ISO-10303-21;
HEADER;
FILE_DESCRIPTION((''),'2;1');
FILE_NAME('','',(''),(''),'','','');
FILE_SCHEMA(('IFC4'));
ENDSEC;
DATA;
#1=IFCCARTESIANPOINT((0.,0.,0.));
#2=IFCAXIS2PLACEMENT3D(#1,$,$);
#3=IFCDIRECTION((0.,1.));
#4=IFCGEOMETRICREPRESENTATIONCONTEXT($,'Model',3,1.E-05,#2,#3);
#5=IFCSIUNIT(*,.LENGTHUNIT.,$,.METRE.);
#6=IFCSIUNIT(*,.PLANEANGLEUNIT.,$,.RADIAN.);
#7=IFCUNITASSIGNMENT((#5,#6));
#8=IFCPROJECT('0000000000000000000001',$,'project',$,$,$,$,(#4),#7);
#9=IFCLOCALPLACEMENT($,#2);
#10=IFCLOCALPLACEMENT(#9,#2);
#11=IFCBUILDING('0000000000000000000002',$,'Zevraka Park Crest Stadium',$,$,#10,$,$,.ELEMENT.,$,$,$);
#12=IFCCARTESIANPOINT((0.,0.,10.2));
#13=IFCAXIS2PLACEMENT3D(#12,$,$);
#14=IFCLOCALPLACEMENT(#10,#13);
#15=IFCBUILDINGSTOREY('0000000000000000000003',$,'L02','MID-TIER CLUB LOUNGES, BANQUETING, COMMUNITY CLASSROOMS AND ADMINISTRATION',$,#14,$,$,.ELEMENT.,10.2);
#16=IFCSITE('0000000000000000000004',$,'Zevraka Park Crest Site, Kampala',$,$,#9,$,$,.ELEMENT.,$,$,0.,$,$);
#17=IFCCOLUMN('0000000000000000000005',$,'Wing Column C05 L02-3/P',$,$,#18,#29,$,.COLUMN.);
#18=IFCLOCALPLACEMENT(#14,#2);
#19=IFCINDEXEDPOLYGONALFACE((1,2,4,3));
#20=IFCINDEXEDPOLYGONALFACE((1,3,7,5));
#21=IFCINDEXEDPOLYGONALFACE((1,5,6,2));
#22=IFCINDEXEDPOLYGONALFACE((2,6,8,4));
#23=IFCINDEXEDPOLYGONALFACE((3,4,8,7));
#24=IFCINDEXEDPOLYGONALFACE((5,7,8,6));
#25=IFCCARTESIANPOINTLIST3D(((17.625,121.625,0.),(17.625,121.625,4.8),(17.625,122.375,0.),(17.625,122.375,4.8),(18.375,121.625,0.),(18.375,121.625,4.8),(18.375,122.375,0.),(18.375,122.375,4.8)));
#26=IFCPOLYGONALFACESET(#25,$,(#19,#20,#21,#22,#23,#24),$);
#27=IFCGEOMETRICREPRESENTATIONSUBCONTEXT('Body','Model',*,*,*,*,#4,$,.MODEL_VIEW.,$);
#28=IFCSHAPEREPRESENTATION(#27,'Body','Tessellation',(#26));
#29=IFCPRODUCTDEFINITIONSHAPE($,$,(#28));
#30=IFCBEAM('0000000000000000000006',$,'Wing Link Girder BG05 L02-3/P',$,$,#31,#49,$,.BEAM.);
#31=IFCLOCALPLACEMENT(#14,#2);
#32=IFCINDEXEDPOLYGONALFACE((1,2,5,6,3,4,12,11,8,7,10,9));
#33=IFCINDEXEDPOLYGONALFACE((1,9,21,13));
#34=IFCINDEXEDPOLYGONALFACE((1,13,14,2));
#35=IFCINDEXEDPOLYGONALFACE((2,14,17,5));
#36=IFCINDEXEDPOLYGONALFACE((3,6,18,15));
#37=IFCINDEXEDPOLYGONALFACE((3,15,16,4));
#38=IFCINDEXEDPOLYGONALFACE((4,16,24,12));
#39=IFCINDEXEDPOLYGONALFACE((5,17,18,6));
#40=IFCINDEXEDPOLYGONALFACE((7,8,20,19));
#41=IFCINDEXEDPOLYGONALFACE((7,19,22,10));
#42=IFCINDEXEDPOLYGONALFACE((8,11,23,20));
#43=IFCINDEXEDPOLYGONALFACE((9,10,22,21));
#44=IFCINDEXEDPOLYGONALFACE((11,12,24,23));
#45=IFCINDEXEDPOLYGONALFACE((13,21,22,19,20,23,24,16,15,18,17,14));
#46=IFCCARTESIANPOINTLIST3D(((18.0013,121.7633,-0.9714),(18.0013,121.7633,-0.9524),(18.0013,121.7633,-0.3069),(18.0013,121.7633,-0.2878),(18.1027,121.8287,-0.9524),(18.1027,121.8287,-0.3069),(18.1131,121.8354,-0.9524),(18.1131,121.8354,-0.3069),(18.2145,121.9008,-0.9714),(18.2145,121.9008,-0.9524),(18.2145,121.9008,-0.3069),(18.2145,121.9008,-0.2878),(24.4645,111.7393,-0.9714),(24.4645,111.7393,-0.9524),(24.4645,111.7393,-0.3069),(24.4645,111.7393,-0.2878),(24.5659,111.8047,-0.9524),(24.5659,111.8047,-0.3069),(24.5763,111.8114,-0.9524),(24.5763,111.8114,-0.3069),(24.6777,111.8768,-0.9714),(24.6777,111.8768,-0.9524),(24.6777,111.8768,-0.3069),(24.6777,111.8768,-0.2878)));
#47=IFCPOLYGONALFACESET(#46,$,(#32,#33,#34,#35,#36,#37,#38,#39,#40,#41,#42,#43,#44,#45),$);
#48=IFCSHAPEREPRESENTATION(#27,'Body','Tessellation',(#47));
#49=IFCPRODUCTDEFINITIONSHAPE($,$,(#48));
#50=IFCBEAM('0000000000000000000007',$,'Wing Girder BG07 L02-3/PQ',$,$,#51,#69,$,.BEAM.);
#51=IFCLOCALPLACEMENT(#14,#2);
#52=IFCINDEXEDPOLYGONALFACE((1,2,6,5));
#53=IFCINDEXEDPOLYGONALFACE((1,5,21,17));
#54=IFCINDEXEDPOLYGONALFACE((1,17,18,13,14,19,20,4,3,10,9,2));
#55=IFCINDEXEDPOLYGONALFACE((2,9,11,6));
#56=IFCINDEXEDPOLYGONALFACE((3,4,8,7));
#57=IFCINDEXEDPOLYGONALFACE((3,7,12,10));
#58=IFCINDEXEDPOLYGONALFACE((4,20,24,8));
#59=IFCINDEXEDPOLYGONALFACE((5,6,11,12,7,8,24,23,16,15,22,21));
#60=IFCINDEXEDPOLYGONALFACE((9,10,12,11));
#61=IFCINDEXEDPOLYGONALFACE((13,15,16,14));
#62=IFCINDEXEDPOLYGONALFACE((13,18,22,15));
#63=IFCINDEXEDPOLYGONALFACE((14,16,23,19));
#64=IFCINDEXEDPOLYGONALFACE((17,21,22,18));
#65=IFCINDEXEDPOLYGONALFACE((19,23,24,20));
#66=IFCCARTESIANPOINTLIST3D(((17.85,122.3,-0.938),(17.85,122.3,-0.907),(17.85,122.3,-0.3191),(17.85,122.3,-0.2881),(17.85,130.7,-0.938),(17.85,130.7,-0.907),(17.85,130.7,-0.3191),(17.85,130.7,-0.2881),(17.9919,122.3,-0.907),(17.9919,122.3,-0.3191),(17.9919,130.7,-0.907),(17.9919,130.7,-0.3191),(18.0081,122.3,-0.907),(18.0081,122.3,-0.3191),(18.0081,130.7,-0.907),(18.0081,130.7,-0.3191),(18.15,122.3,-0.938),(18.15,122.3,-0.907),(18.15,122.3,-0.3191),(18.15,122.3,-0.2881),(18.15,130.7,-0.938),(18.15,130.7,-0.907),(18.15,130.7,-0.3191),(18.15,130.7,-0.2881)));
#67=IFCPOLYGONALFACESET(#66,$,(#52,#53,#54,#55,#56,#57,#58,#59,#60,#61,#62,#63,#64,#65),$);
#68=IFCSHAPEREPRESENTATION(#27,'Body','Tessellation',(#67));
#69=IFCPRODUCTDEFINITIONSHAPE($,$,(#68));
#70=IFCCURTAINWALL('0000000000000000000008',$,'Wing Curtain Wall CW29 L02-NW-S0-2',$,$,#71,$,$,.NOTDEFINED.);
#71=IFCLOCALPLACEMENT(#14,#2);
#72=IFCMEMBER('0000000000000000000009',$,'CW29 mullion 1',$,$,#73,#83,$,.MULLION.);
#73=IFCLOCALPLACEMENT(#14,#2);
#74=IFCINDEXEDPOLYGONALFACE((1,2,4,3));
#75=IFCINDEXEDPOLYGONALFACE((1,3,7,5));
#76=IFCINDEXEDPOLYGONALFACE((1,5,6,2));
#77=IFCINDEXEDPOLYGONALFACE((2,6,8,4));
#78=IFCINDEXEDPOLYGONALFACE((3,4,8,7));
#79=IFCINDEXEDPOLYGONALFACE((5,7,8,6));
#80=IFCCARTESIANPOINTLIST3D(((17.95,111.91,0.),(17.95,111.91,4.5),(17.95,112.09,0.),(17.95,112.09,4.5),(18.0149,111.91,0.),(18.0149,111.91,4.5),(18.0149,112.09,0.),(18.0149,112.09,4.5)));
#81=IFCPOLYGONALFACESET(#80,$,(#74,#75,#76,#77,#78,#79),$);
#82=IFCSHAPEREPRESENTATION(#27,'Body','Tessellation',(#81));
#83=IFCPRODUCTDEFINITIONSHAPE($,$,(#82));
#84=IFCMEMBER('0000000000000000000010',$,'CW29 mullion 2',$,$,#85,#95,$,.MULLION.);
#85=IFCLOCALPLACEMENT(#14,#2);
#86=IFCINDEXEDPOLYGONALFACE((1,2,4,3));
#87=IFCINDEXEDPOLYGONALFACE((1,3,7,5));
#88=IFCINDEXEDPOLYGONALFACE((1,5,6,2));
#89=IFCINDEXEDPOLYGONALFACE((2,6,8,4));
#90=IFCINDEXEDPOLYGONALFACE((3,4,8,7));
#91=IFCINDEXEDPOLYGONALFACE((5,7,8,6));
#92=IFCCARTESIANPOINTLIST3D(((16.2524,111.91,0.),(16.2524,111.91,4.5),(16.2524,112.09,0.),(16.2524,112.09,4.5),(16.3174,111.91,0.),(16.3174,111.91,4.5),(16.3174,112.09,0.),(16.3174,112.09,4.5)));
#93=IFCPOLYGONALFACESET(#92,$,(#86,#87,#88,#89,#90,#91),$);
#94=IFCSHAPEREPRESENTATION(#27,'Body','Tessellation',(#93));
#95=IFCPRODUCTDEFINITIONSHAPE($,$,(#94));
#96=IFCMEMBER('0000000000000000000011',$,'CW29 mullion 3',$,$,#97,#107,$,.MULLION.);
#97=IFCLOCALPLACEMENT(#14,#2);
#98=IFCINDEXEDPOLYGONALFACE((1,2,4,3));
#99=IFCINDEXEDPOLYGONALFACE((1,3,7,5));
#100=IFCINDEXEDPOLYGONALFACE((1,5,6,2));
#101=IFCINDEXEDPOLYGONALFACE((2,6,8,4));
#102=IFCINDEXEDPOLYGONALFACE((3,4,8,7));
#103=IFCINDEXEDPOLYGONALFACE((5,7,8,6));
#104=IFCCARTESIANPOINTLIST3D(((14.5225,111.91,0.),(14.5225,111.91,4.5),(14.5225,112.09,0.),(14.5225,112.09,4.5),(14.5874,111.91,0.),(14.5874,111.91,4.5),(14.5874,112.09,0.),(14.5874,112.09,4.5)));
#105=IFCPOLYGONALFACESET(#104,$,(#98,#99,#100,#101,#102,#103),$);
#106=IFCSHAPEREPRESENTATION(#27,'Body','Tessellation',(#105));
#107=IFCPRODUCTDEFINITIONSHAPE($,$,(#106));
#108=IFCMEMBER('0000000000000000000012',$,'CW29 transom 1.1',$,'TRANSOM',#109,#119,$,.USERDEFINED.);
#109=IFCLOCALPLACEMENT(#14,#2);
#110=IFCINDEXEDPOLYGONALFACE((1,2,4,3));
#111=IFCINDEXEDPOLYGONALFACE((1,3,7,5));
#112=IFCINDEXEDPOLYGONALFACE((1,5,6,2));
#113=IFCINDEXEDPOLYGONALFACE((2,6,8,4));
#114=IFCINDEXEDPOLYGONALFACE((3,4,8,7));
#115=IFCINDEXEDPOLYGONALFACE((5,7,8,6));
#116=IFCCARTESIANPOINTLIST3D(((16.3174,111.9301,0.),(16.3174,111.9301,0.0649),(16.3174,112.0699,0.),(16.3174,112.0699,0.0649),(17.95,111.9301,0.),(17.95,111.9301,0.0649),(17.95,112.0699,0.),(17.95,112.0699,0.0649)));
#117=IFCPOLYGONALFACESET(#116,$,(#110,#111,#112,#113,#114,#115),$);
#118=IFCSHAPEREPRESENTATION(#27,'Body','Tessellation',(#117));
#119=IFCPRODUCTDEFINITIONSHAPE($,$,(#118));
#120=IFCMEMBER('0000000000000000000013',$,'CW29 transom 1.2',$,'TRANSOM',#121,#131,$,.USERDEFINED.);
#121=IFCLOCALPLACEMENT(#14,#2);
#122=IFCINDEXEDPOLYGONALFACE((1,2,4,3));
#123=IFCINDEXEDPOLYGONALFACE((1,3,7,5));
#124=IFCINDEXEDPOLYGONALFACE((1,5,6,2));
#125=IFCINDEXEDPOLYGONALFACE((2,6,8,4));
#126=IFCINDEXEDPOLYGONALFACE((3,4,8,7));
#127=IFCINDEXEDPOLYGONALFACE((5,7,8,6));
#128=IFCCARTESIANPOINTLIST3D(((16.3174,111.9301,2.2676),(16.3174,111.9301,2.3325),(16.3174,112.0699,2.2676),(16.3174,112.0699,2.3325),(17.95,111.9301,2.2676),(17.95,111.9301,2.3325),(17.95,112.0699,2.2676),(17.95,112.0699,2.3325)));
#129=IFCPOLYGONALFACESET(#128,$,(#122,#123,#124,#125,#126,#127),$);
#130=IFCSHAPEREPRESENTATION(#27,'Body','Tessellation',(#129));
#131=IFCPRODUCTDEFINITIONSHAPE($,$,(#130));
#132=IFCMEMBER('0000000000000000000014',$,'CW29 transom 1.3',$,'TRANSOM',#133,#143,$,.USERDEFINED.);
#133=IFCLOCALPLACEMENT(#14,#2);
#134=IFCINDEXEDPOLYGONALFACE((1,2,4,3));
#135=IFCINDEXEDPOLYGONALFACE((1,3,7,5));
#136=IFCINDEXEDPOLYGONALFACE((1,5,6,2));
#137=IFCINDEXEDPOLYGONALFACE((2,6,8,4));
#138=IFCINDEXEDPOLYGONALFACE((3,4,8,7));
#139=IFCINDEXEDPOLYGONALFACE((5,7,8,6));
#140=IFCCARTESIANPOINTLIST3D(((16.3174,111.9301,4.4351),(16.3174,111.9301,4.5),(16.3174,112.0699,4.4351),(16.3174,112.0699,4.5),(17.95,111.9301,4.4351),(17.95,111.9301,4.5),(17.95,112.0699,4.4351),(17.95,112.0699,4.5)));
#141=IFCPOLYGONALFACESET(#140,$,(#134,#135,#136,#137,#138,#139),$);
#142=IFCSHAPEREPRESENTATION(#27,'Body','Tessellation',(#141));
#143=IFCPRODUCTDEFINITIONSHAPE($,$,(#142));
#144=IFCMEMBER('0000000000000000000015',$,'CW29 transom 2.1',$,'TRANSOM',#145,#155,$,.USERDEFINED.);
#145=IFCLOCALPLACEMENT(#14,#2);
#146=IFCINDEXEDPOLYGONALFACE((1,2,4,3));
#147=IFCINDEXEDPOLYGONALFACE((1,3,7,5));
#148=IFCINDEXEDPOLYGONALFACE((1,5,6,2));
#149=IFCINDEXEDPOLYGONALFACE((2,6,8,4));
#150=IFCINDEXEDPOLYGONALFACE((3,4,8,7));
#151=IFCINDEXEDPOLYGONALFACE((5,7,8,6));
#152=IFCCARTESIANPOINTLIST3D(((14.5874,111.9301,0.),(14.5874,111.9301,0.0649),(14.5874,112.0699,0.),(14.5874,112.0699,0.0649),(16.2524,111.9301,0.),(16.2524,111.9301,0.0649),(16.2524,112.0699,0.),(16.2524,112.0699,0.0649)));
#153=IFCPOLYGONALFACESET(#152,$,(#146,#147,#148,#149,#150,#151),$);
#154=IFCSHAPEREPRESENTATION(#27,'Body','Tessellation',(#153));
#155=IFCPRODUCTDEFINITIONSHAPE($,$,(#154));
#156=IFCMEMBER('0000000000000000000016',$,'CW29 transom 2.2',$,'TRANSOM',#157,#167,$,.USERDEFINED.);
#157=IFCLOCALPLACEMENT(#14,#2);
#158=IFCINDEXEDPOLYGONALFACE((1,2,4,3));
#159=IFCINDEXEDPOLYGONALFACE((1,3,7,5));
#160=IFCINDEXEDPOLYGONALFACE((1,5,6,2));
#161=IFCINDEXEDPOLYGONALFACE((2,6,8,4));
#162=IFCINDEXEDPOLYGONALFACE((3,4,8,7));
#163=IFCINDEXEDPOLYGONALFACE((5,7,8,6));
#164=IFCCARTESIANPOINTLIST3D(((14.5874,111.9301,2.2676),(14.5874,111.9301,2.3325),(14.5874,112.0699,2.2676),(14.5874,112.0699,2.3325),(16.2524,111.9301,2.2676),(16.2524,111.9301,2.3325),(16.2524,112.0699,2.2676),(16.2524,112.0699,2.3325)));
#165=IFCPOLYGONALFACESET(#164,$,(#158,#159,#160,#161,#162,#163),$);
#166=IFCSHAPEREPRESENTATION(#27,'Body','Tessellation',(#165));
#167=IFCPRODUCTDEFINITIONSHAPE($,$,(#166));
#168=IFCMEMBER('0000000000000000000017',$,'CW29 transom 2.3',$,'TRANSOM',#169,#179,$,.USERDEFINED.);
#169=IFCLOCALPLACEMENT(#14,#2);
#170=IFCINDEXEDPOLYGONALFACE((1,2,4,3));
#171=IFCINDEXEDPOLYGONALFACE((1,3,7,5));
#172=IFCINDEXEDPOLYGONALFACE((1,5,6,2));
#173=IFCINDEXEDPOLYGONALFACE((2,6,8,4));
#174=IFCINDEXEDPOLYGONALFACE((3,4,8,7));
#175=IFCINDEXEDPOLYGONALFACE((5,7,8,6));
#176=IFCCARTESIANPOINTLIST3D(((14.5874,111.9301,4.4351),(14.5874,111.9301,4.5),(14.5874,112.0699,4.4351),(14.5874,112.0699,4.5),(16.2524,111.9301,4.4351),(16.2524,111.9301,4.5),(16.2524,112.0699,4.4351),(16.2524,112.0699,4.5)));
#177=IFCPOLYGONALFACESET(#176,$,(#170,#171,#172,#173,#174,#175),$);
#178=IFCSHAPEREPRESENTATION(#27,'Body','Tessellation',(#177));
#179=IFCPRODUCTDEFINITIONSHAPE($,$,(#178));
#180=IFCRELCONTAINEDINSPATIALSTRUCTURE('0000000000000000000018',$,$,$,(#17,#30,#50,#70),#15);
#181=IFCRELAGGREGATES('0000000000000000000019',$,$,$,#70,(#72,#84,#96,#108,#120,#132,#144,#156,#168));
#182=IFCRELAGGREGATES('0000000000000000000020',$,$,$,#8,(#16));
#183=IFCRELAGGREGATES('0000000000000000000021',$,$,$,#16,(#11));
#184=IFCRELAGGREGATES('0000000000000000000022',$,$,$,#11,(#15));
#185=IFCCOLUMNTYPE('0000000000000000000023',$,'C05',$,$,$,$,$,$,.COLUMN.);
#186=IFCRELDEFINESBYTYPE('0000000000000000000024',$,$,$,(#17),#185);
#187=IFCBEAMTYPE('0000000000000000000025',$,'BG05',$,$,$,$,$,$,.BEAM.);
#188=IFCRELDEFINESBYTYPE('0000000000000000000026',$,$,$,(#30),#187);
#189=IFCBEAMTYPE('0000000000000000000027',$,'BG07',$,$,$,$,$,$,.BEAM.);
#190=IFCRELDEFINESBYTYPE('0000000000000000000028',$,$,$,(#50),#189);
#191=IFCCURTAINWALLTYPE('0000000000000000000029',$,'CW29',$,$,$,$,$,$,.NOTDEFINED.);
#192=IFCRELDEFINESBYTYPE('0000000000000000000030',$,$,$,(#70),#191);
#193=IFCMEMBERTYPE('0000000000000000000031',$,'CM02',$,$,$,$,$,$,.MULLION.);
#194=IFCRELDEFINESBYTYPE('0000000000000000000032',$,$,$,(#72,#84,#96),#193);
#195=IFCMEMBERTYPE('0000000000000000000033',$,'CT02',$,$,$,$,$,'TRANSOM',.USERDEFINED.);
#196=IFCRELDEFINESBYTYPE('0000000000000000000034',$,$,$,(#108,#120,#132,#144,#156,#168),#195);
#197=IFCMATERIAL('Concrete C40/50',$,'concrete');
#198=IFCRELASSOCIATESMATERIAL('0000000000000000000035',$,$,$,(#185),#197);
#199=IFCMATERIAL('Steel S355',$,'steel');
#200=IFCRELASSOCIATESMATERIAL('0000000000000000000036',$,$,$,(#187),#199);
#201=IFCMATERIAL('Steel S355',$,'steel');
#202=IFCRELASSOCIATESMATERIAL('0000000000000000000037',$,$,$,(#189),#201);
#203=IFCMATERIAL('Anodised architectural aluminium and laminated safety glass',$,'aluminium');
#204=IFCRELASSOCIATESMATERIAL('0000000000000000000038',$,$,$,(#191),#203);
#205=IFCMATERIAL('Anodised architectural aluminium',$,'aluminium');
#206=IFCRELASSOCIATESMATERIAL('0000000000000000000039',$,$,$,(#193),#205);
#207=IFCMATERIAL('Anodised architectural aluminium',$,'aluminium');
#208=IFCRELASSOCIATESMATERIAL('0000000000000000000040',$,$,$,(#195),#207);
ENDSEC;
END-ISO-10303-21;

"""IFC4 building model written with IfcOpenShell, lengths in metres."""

from ifc_helpers import new_model, si_unit, direction, frame, origin, origin_2d, place, context, subcontext, project, spatial, rectangle, i_section, extrude, material, material_profile, profile_set, type_object, element, aggregate, save


model = new_model("IFC4")

# Units and contexts
model_context = context("Model", 3, precision=1e-05, world=origin(), true_north=direction((0.0, 1.0)))
body_context = subcontext(model_context, "Body", "Model", "MODEL_VIEW")
ifc_project = project(units=[si_unit("LENGTHUNIT", "METRE"), si_unit("PLANEANGLEUNIT", "RADIAN")], contexts=[model_context])

# Site, building, storey
site_placement = place(None, origin())
site = spatial("IfcSite", under=ifc_project, at=site_placement, Name="Zevraka Park Crest Site, Kampala", CompositionType="ELEMENT", RefElevation=0.0)
building_placement = place(site_placement, origin())
building = spatial("IfcBuilding", under=site, at=building_placement, Name="Zevraka Park Crest Stadium", CompositionType="ELEMENT")
storey_placement = place(building_placement, frame((0.0, 0.0, 10.2)))
storey = spatial("IfcBuildingStorey", under=building, at=storey_placement, Name="L02", Description="MID-TIER CLUB LOUNGES, BANQUETING, COMMUNITY CLASSROOMS AND ADMINISTRATION", CompositionType="ELEMENT", Elevation=10.2)

# Column
ifc_material_1 = material(Name="Concrete C40/50", Category="concrete")
ifc_material_profile_1 = material_profile(ifc_material_1, rectangle(XDim=0.75, YDim=0.75, at=origin_2d()), Name="RC 750x750")
ifc_profile_set_1 = profile_set([ifc_material_profile_1], Name="Concrete C40/50")
column_type = type_object("IfcColumnType", Name="C05", PredefinedType="COLUMN", material=ifc_profile_set_1)
column_placement = place(storey_placement, frame((18.0, 122.0, 0.0), z_axis=(0.0, 0.0, 1.0), x_axis=(1.0, 0.0, 0.0)))
element("IfcColumn", 1, at=column_placement, inside=storey, type_object=column_type, Name="Wing Column C05 L02-3/P", PredefinedType="COLUMN", context=body_context, shape_type="SweptSolid", body=[
    extrude(rectangle(XDim=0.75, YDim=0.75, at=origin_2d()), origin(), (0.0, 0.0, 1.0), 4.8),
])

# Beams
ifc_material_2 = material(Name="Steel S355", Category="steel")
ifc_material_profile_2 = material_profile(ifc_material_2, i_section(OverallWidth=0.2537, OverallDepth=0.6836, WebThickness=0.0125, FlangeThickness=0.019, at=origin_2d()), Name="UKB 686x254x140")
ifc_profile_set_2 = profile_set([ifc_material_profile_2], Name="Steel S355")
beam_type_1 = type_object("IfcBeamType", Name="BG05", PredefinedType="BEAM", material=ifc_profile_set_2)
beam_1_placement = place(storey_placement, frame((18.1079, 121.832, -0.6296), z_axis=(0.541895, -0.840446, 0.0), x_axis=(0.840446, 0.541895, 0.0)))
element("IfcBeam", 2, at=beam_1_placement, inside=storey, type_object=beam_type_1, Name="Wing Link Girder BG05 L02-3/P", PredefinedType="BEAM", context=body_context, shape_type="SweptSolid", body=[
    extrude(i_section(OverallWidth=0.2537, OverallDepth=0.6836, WebThickness=0.0125, FlangeThickness=0.019, at=origin_2d()), origin(), (0.0, 0.0, 1.0), 11.927),
])
ifc_material_3 = material(Name="Steel S355", Category="steel")
ifc_material_profile_3 = material_profile(ifc_material_3, i_section(OverallWidth=0.3, OverallDepth=0.6499, WebThickness=0.0161, FlangeThickness=0.031, at=origin_2d()), Name="HEB 650")
ifc_profile_set_3 = profile_set([ifc_material_profile_3], Name="Steel S355")
beam_type_2 = type_object("IfcBeamType", Name="BG07", PredefinedType="BEAM", material=ifc_profile_set_3)
beam_2_placement = place(storey_placement, frame((18.0, 122.3, -0.613), z_axis=(0.0, 1.0, 0.0), x_axis=(-1.0, 0.0, 0.0)))
element("IfcBeam", 3, at=beam_2_placement, inside=storey, type_object=beam_type_2, Name="Wing Girder BG07 L02-3/PQ", PredefinedType="BEAM", context=body_context, shape_type="SweptSolid", body=[
    extrude(i_section(OverallWidth=0.3, OverallDepth=0.6499, WebThickness=0.0161, FlangeThickness=0.031, at=origin_2d()), origin(), (0.0, 0.0, 1.0), 8.3999),
])

# Curtain wall, members
ifc_material_4 = material(Name="Anodised architectural aluminium and laminated safety glass", Category="aluminium")
curtain_wall_type = type_object("IfcCurtainWallType", Name="CW29", PredefinedType="NOTDEFINED", material=ifc_material_4)
curtain_wall_placement = place(storey_placement, origin())
curtain_wall = element("IfcCurtainWall", 4, at=curtain_wall_placement, inside=storey, type_object=curtain_wall_type, Name="Wing Curtain Wall CW29 L02-NW-S0-2", PredefinedType="NOTDEFINED")
ifc_material_5 = material(Name="Anodised architectural aluminium", Category="aluminium")
ifc_material_profile_4 = material_profile(ifc_material_5, rectangle(XDim=0.1799, YDim=0.0649, at=origin_2d()), Name="ALU MULLION 180x65")
ifc_profile_set_4 = profile_set([ifc_material_profile_4], Name="Anodised architectural aluminium")
member_type_1 = type_object("IfcMemberType", Name="CM02", PredefinedType="MULLION", material=ifc_profile_set_4)
member_1_placement = place(storey_placement, frame((17.9824, 112.0, 0.0), z_axis=(0.0, 0.0, 1.0), x_axis=(0.0, -1.0, 0.0)))
member_1 = element("IfcMember", 5, at=member_1_placement, type_object=member_type_1, Name="CW29 mullion 1", PredefinedType="MULLION", context=body_context, shape_type="SweptSolid", body=[
    extrude(rectangle(XDim=0.1799, YDim=0.0649, at=origin_2d()), origin(), (0.0, 0.0, 1.0), 4.5),
])
member_2_placement = place(storey_placement, frame((16.2849, 112.0, 0.0), z_axis=(0.0, 0.0, 1.0), x_axis=(0.0, -1.0, 0.0)))
member_2 = element("IfcMember", 6, at=member_2_placement, type_object=member_type_1, Name="CW29 mullion 2", PredefinedType="MULLION", context=body_context, shape_type="SweptSolid", body=[
    extrude(rectangle(XDim=0.1799, YDim=0.0649, at=origin_2d()), origin(), (0.0, 0.0, 1.0), 4.5),
])
member_3_placement = place(storey_placement, frame((14.5549, 112.0, 0.0), z_axis=(0.0, 0.0, 1.0), x_axis=(0.0, -1.0, 0.0)))
member_3 = element("IfcMember", 7, at=member_3_placement, type_object=member_type_1, Name="CW29 mullion 3", PredefinedType="MULLION", context=body_context, shape_type="SweptSolid", body=[
    extrude(rectangle(XDim=0.1799, YDim=0.0649, at=origin_2d()), origin(), (0.0, 0.0, 1.0), 4.5),
])
ifc_material_6 = material(Name="Anodised architectural aluminium", Category="aluminium")
ifc_material_profile_5 = material_profile(ifc_material_6, rectangle(XDim=0.1399, YDim=0.0649, at=origin_2d()), Name="ALU TRANSOM 140x65")
ifc_profile_set_5 = profile_set([ifc_material_profile_5], Name="Anodised architectural aluminium")
member_type_2 = type_object("IfcMemberType", Name="CT02", ElementType="TRANSOM", PredefinedType="USERDEFINED", material=ifc_profile_set_5)
member_4_placement = place(storey_placement, frame((17.95, 112.0, 0.0325), z_axis=(-1.0, 0.0, 0.0), x_axis=(0.0, -1.0, 0.0)))
member_4 = element("IfcMember", 8, at=member_4_placement, type_object=member_type_2, Name="CW29 transom 1.1", ObjectType="TRANSOM", PredefinedType="USERDEFINED", context=body_context, shape_type="SweptSolid", body=[
    extrude(rectangle(XDim=0.1399, YDim=0.0649, at=origin_2d()), origin(), (0.0, 0.0, 1.0), 1.6326),
])
member_5_placement = place(storey_placement, frame((17.95, 112.0, 2.3), z_axis=(-1.0, 0.0, 0.0), x_axis=(0.0, -1.0, 0.0)))
member_5 = element("IfcMember", 9, at=member_5_placement, type_object=member_type_2, Name="CW29 transom 1.2", ObjectType="TRANSOM", PredefinedType="USERDEFINED", context=body_context, shape_type="SweptSolid", body=[
    extrude(rectangle(XDim=0.1399, YDim=0.0649, at=origin_2d()), origin(), (0.0, 0.0, 1.0), 1.6326),
])
member_6_placement = place(storey_placement, frame((17.95, 112.0, 4.4675), z_axis=(-1.0, 0.0, 0.0), x_axis=(0.0, -1.0, 0.0)))
member_6 = element("IfcMember", 10, at=member_6_placement, type_object=member_type_2, Name="CW29 transom 1.3", ObjectType="TRANSOM", PredefinedType="USERDEFINED", context=body_context, shape_type="SweptSolid", body=[
    extrude(rectangle(XDim=0.1399, YDim=0.0649, at=origin_2d()), origin(), (0.0, 0.0, 1.0), 1.6326),
])
member_7_placement = place(storey_placement, frame((16.2524, 112.0, 0.0325), z_axis=(-1.0, 0.0, 0.0), x_axis=(0.0, -1.0, 0.0)))
member_7 = element("IfcMember", 11, at=member_7_placement, type_object=member_type_2, Name="CW29 transom 2.1", ObjectType="TRANSOM", PredefinedType="USERDEFINED", context=body_context, shape_type="SweptSolid", body=[
    extrude(rectangle(XDim=0.1399, YDim=0.0649, at=origin_2d()), origin(), (0.0, 0.0, 1.0), 1.665),
])
member_8_placement = place(storey_placement, frame((16.2524, 112.0, 2.3), z_axis=(-1.0, 0.0, 0.0), x_axis=(0.0, -1.0, 0.0)))
member_8 = element("IfcMember", 12, at=member_8_placement, type_object=member_type_2, Name="CW29 transom 2.2", ObjectType="TRANSOM", PredefinedType="USERDEFINED", context=body_context, shape_type="SweptSolid", body=[
    extrude(rectangle(XDim=0.1399, YDim=0.0649, at=origin_2d()), origin(), (0.0, 0.0, 1.0), 1.665),
])
member_9_placement = place(storey_placement, frame((16.2524, 112.0, 4.4675), z_axis=(-1.0, 0.0, 0.0), x_axis=(0.0, -1.0, 0.0)))
member_9 = element("IfcMember", 13, at=member_9_placement, type_object=member_type_2, Name="CW29 transom 2.3", ObjectType="TRANSOM", PredefinedType="USERDEFINED", context=body_context, shape_type="SweptSolid", body=[
    extrude(rectangle(XDim=0.1399, YDim=0.0649, at=origin_2d()), origin(), (0.0, 0.0, 1.0), 1.665),
])
aggregate(curtain_wall, [member_1, member_2, member_3, member_4, member_5, member_6, member_7, member_8, member_9])

save(model, "model.ifc")
